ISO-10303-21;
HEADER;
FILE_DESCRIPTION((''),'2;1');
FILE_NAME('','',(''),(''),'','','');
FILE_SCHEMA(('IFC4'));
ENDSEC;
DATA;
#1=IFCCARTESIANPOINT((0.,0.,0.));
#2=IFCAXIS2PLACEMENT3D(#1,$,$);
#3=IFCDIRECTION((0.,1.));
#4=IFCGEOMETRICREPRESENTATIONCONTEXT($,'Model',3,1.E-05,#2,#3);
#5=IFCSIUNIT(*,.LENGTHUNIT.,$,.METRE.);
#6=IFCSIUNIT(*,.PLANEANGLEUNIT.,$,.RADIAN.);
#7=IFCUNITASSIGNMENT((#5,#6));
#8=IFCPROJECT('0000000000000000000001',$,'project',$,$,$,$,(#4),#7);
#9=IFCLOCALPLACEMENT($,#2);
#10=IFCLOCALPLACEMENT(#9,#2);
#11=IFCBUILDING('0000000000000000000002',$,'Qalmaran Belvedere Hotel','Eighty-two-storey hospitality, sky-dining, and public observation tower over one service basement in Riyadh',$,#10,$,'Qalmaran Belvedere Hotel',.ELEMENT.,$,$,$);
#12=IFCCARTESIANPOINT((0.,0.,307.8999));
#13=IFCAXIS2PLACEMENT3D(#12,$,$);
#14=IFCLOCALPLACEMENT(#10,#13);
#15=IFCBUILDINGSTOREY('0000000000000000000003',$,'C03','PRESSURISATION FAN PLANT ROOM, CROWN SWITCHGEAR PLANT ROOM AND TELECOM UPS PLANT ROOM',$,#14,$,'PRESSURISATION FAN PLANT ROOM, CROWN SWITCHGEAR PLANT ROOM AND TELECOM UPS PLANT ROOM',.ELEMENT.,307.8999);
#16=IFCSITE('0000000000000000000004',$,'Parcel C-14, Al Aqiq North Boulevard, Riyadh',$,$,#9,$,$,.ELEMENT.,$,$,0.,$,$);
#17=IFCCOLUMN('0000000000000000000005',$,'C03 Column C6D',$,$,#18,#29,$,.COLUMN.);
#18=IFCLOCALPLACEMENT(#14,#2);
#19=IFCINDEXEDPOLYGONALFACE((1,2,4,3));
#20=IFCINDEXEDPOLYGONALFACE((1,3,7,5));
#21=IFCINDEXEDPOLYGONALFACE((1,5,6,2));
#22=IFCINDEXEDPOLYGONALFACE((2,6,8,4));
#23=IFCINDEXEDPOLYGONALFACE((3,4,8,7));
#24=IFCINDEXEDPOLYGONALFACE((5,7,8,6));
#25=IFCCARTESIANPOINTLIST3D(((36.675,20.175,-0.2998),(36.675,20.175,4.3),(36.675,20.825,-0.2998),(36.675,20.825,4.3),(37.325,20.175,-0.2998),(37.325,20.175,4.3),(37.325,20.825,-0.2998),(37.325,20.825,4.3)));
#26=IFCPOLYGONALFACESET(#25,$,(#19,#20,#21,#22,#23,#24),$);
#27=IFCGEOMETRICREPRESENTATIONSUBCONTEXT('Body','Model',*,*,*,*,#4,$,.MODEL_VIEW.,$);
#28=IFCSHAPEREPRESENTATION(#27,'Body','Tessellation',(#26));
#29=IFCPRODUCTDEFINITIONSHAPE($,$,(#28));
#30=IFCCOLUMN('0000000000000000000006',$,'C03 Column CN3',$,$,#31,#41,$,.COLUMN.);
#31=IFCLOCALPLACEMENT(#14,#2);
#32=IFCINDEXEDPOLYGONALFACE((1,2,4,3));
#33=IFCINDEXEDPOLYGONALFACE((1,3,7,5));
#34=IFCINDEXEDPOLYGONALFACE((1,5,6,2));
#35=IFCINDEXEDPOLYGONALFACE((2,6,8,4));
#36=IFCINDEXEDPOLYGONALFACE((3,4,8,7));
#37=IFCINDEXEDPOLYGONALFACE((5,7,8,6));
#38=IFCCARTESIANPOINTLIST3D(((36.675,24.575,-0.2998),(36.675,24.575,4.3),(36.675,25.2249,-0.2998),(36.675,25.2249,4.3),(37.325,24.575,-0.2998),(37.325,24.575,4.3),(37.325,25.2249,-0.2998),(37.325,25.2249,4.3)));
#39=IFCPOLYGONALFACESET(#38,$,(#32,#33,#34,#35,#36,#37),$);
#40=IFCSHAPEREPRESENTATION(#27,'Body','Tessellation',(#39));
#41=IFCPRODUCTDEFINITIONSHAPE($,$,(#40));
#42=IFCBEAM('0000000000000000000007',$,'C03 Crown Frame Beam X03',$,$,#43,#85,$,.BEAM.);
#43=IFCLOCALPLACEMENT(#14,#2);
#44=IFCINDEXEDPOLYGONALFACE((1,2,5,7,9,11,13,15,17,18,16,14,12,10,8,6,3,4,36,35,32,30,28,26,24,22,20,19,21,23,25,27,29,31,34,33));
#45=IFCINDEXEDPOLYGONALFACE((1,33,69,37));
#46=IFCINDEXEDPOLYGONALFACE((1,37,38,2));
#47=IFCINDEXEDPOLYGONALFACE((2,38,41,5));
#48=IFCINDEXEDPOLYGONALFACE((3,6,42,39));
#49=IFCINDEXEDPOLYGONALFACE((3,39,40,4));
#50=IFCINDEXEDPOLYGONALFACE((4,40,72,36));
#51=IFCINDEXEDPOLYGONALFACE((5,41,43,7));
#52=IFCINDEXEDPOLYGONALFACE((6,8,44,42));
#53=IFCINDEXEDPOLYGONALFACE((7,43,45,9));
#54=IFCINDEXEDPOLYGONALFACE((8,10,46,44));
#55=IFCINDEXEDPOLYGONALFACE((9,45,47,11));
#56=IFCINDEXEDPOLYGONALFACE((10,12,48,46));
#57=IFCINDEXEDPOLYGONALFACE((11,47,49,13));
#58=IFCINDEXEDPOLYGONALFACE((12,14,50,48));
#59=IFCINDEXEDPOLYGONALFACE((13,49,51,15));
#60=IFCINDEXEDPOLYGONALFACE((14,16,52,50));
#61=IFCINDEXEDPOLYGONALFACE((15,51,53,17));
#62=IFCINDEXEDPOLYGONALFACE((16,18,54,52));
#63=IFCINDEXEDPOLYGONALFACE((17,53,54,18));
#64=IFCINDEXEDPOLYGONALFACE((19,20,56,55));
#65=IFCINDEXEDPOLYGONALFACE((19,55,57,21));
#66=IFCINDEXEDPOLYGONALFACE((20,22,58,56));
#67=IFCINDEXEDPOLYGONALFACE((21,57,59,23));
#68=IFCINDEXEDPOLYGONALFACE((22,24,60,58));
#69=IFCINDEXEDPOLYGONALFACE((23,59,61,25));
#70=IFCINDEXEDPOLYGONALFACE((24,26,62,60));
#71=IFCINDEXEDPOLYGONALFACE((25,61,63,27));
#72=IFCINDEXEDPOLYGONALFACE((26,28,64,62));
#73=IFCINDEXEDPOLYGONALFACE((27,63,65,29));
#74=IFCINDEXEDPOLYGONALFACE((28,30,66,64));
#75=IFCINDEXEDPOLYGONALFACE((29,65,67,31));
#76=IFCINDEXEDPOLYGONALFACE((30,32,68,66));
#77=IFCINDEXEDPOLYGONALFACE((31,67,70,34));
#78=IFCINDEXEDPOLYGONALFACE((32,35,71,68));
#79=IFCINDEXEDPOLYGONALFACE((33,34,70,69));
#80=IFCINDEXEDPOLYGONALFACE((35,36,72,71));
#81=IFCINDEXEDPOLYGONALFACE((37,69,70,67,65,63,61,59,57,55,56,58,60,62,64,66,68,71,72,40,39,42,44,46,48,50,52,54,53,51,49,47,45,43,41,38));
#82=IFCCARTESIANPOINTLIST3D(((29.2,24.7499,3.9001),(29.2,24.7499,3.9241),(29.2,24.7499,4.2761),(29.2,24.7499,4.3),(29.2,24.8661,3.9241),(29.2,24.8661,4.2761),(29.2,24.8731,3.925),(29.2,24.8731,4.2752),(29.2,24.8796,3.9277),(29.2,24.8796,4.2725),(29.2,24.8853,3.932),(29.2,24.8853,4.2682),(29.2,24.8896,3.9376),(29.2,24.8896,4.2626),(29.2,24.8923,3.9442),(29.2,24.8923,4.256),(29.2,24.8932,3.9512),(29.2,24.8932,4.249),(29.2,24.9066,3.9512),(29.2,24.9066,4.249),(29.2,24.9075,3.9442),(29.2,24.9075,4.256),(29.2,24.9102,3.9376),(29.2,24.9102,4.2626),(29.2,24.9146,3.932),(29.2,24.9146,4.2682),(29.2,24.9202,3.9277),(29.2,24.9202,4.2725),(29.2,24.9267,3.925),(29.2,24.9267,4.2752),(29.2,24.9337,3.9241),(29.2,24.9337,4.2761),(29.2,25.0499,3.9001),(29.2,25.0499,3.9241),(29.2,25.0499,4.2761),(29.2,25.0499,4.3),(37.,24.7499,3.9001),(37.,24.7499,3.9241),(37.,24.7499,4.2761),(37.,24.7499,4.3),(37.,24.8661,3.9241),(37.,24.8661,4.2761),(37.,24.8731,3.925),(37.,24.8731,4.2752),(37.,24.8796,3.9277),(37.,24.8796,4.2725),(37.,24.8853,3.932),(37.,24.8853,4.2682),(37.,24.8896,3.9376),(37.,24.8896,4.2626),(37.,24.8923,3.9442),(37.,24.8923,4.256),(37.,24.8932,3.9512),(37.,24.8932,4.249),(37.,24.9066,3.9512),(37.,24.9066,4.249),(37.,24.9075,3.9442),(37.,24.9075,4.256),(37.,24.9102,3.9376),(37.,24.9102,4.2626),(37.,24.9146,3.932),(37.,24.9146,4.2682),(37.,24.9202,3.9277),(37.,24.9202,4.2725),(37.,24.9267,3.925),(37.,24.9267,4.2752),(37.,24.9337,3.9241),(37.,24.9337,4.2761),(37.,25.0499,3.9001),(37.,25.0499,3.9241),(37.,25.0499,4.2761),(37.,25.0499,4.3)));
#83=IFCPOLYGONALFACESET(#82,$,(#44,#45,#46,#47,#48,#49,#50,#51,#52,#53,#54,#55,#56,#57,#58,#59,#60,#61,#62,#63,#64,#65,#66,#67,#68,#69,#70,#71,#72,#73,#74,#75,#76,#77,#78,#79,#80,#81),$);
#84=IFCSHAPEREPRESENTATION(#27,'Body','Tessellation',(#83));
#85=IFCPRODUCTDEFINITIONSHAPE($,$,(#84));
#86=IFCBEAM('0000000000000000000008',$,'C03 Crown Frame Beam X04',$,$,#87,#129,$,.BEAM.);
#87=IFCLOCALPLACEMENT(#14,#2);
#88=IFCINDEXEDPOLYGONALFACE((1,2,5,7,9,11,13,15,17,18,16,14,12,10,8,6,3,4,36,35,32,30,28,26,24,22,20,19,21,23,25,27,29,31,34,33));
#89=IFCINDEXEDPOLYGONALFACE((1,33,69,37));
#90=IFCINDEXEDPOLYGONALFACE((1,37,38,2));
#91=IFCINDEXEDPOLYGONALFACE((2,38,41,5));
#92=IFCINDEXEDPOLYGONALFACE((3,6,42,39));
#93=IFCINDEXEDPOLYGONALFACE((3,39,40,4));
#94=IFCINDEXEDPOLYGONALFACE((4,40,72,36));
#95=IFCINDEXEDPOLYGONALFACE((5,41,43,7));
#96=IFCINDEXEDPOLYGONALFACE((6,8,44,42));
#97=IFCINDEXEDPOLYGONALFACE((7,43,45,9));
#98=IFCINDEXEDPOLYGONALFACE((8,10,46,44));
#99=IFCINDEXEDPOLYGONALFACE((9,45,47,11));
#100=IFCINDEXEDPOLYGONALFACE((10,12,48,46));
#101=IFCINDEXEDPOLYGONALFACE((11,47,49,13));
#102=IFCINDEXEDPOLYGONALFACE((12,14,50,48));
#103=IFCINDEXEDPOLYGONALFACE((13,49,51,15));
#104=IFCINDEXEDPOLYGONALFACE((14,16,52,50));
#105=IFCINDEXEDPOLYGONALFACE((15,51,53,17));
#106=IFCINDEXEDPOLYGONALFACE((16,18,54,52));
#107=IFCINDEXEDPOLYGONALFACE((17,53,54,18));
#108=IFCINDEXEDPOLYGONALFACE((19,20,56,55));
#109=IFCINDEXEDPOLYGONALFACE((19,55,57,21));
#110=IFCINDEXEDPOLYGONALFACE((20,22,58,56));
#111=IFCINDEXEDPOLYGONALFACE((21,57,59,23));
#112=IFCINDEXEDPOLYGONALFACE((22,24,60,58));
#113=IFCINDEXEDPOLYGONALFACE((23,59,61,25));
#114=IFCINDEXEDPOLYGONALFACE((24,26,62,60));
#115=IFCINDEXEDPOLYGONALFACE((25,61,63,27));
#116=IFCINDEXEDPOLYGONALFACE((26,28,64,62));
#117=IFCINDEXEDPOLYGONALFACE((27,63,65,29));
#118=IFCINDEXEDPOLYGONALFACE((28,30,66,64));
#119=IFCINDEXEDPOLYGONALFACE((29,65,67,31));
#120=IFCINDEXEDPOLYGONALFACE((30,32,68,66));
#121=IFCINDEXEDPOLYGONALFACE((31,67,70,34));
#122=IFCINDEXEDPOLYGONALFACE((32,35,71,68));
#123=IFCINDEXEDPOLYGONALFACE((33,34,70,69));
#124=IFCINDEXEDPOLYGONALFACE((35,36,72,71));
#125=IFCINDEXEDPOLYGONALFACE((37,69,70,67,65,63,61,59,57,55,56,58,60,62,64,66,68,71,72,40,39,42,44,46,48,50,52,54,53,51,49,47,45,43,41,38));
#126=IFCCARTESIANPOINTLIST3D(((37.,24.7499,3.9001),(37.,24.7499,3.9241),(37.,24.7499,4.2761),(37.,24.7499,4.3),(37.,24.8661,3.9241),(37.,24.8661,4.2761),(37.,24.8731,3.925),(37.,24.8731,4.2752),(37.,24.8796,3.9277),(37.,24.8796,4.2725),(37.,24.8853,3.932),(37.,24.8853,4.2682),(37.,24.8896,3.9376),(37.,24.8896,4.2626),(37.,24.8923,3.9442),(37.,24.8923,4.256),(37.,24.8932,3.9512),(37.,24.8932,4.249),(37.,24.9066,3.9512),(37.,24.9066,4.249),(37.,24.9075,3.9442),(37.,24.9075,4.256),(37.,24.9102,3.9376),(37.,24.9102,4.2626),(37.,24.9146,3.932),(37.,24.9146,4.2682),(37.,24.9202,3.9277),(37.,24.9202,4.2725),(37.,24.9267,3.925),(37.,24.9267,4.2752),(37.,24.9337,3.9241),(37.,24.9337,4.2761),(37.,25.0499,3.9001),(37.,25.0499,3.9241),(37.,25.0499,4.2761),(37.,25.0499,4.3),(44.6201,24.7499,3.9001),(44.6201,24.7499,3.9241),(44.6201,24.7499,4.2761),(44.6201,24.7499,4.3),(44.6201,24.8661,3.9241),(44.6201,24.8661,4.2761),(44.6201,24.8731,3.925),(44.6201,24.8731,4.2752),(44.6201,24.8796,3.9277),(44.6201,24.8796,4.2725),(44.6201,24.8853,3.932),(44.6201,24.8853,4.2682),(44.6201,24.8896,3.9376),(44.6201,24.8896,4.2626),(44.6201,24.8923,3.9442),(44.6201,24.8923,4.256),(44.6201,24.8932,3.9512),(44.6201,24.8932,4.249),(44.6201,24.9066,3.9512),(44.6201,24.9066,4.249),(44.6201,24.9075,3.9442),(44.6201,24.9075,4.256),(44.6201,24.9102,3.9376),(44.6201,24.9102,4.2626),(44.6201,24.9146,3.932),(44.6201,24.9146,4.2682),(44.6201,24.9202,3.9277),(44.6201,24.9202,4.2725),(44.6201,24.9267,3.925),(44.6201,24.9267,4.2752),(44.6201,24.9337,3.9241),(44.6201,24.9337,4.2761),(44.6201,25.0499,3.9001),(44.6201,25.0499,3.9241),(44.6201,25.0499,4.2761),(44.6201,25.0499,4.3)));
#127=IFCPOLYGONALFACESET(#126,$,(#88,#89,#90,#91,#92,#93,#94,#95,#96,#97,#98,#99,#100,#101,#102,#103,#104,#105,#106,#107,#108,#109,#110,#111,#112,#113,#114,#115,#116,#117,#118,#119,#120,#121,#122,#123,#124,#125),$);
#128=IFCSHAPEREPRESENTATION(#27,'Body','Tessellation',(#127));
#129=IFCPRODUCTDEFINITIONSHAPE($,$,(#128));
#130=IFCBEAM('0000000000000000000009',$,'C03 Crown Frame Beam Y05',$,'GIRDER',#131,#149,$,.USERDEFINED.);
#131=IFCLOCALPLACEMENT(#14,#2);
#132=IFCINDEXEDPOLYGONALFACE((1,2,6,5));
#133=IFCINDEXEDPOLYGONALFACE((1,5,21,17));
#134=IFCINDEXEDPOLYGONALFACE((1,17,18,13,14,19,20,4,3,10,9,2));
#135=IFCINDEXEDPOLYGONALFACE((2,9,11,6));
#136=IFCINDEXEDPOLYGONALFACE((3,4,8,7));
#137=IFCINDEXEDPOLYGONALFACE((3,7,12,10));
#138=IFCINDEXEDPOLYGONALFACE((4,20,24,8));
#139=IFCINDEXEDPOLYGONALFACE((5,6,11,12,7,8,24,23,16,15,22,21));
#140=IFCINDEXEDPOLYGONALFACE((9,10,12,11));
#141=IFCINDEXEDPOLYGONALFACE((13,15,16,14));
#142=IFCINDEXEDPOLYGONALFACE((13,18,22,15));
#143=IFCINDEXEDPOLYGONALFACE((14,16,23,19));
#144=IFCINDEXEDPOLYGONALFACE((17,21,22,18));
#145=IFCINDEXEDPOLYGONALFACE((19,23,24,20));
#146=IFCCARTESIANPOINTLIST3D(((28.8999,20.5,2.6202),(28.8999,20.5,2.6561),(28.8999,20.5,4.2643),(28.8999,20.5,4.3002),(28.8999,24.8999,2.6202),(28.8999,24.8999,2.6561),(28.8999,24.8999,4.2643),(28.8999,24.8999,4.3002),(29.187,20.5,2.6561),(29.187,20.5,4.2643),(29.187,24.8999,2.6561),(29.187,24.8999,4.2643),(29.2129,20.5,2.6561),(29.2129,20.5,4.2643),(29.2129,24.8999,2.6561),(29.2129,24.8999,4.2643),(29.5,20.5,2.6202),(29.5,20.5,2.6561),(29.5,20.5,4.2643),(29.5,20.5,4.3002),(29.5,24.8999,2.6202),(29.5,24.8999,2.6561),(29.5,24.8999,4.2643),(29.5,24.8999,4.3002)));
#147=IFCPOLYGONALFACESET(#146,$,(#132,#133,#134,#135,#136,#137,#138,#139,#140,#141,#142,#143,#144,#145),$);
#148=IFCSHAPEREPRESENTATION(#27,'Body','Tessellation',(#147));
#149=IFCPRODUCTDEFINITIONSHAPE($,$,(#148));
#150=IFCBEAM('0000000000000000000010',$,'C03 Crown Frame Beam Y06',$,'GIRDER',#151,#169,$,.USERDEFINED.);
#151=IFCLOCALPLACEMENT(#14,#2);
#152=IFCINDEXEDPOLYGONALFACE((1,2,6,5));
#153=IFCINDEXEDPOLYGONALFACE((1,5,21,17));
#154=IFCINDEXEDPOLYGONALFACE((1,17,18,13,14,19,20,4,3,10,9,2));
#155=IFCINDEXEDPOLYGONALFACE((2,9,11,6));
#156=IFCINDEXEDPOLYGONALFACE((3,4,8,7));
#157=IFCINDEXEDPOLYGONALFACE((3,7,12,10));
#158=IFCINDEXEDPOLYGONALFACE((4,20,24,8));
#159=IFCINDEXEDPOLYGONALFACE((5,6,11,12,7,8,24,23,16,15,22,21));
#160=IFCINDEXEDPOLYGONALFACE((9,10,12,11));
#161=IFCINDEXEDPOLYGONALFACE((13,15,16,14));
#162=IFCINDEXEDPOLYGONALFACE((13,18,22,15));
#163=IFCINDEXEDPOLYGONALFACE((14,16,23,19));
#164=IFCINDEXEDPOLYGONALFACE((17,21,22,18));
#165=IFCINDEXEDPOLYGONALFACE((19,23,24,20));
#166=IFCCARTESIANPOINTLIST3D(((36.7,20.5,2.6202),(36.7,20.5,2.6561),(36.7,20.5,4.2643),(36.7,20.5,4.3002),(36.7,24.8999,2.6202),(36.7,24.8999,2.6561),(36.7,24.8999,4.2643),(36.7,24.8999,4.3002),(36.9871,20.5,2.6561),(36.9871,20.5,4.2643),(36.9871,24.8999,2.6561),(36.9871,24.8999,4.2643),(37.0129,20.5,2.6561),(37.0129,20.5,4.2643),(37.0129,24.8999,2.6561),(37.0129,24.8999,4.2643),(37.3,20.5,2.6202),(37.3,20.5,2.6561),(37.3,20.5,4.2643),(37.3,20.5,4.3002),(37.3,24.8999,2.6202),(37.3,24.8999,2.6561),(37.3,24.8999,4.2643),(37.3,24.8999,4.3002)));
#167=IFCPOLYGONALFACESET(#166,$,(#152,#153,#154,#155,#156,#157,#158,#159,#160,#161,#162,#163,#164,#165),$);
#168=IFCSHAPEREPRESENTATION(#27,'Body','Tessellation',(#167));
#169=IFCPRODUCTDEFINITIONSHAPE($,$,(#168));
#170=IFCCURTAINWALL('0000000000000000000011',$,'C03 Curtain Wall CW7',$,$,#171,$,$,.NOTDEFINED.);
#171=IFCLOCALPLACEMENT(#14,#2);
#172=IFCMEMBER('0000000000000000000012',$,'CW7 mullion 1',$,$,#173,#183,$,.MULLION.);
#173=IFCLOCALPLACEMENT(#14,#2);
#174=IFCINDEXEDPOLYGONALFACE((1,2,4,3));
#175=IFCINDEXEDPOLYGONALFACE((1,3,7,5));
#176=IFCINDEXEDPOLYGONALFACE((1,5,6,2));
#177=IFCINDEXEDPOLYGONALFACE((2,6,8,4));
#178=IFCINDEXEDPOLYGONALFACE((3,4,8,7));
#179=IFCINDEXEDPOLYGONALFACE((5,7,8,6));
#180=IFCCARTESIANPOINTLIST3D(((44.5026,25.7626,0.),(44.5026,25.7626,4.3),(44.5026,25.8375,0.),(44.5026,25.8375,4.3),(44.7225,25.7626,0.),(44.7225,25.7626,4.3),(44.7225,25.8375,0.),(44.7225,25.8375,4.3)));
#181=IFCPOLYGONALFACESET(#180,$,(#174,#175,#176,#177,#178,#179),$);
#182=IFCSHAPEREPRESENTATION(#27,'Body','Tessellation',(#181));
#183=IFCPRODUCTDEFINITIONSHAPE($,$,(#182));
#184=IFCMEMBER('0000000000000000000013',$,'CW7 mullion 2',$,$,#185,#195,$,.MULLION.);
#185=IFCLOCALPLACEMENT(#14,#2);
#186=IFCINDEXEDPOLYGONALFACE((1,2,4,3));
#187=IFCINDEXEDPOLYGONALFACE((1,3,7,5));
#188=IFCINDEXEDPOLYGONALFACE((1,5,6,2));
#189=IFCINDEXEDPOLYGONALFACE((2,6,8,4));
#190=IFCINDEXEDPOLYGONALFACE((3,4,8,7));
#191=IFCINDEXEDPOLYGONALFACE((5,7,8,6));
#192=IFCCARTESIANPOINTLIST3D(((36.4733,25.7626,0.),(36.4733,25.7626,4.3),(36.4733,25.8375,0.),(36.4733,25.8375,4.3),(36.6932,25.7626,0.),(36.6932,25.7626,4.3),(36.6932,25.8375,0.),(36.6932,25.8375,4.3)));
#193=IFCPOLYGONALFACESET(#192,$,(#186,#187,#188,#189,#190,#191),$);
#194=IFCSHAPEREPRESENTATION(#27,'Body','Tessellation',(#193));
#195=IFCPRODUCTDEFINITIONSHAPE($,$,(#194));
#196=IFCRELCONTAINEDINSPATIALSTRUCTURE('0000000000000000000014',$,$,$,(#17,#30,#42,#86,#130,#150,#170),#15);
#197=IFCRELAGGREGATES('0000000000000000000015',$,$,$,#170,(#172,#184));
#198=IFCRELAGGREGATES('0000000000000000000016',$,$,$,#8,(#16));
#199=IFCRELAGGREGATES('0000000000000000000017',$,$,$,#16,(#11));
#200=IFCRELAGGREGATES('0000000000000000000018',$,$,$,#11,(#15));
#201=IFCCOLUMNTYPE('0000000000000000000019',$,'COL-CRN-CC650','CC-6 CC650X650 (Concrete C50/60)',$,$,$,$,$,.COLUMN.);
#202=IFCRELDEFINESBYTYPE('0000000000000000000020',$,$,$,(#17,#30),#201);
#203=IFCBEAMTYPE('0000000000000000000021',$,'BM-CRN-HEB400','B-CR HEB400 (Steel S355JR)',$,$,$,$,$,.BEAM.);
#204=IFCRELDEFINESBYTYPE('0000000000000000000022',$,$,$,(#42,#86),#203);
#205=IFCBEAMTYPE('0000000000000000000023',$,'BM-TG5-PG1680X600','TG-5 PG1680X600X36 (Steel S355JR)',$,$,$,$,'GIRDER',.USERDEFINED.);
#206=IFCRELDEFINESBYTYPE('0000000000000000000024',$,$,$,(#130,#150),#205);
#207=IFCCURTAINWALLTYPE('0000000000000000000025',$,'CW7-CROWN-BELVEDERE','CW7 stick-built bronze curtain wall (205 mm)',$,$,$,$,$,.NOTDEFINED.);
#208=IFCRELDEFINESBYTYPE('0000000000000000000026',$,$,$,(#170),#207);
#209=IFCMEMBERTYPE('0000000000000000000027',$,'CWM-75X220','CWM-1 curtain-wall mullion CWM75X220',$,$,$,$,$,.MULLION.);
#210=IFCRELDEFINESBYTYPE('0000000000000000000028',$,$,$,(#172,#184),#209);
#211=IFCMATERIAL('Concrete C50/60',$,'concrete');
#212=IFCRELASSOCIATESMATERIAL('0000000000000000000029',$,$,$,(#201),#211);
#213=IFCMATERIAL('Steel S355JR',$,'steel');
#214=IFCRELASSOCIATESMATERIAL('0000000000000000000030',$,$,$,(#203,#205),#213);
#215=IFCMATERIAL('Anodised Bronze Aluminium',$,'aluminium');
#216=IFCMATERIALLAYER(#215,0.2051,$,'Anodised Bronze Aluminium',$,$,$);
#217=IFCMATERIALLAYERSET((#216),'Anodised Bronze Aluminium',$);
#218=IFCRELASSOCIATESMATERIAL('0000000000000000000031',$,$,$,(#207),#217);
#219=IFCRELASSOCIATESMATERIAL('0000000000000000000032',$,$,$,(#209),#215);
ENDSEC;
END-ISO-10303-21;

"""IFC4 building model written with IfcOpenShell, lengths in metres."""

from ifc_helpers import new_model, si_unit, direction, frame, origin, origin_2d, place, context, subcontext, project, spatial, rectangle, i_section, extrude, material, layer, layer_set, material_profile, profile_set, type_object, element, aggregate, save


model = new_model("IFC4")

# Units and contexts
model_context = context("Model", 3, precision=1e-05, world=origin(), true_north=direction((0.0, 1.0)))
body_context = subcontext(model_context, "Body", "Model", "MODEL_VIEW")
ifc_project = project(units=[si_unit("LENGTHUNIT", "METRE"), si_unit("PLANEANGLEUNIT", "RADIAN")], contexts=[model_context])

# Site, building, storey
site_placement = place(None, origin())
site = spatial("IfcSite", under=ifc_project, at=site_placement, Name="Parcel C-14, Al Aqiq North Boulevard, Riyadh", CompositionType="ELEMENT", RefElevation=0.0)
building_placement = place(site_placement, origin())
building = spatial("IfcBuilding", under=site, at=building_placement, Name="Qalmaran Belvedere Hotel", Description="Eighty-two-storey hospitality, sky-dining, and public observation tower over one service basement in Riyadh", LongName="Qalmaran Belvedere Hotel", CompositionType="ELEMENT")
storey_placement = place(building_placement, frame((0.0, 0.0, 307.8999)))
storey = spatial("IfcBuildingStorey", under=building, at=storey_placement, Name="C03", Description="PRESSURISATION FAN PLANT ROOM, CROWN SWITCHGEAR PLANT ROOM AND TELECOM UPS PLANT ROOM", LongName="PRESSURISATION FAN PLANT ROOM, CROWN SWITCHGEAR PLANT ROOM AND TELECOM UPS PLANT ROOM", CompositionType="ELEMENT", Elevation=307.8999)

# Columns
ifc_material_1 = material(Name="Concrete C50/60", Category="concrete")
ifc_material_profile_1 = material_profile(ifc_material_1, rectangle(XDim=0.6499, YDim=0.6499, at=origin_2d()), Name="CC650X650")
ifc_profile_set_1 = profile_set([ifc_material_profile_1], Name="Concrete C50/60")
column_type = type_object("IfcColumnType", Name="COL-CRN-CC650", Description="CC-6 CC650X650 (Concrete C50/60)", PredefinedType="COLUMN", material=ifc_profile_set_1)
for number, where, z_axis, x_axis, name in (
    (1, (37.0, 20.5, -0.2998), (0.0, 0.0, 1.0), (1.0, 0.0, 0.0), "C03 Column C6D"),
    (2, (37.0, 24.8999, -0.2998), (0.0, 0.0, 1.0), (1.0, 0.0, 0.0), "C03 Column CN3"),
):
    element("IfcColumn", number, at=place(storey_placement, frame(where, z_axis=z_axis, x_axis=x_axis)), inside=storey, type_object=column_type, Name=name, PredefinedType="COLUMN", context=body_context, shape_type="SweptSolid", body=[
        extrude(rectangle(XDim=0.6499, YDim=0.6499, at=origin_2d()), origin(), (0.0, 0.0, 1.0), 4.5999),
    ])

# Beams
ifc_material_2 = material(Name="Steel S355JR", Category="steel")
ifc_material_profile_2 = material_profile(ifc_material_2, i_section(OverallWidth=0.3, OverallDepth=0.3999, WebThickness=0.0134, FlangeThickness=0.0239, FilletRadius=0.0271, at=origin_2d()), Name="HEB400")
ifc_profile_set_2 = profile_set([ifc_material_profile_2], Name="Steel S355JR")
beam_type_1 = type_object("IfcBeamType", Name="BM-CRN-HEB400", Description="B-CR HEB400 (Steel S355JR)", PredefinedType="BEAM", material=ifc_profile_set_2)
beam_1_placement = place(storey_placement, frame((29.2, 24.8999, 4.1001), z_axis=(1.0, 0.0, 0.0), x_axis=(0.0, 1.0, 0.0)))
element("IfcBeam", 3, at=beam_1_placement, inside=storey, type_object=beam_type_1, Name="C03 Crown Frame Beam X03", PredefinedType="BEAM", context=body_context, shape_type="SweptSolid", body=[
    extrude(i_section(OverallWidth=0.3, OverallDepth=0.3999, WebThickness=0.0134, FlangeThickness=0.0239, FilletRadius=0.0271, at=origin_2d()), origin(), (0.0, 0.0, 1.0), 7.8),
])
beam_2_placement = place(storey_placement, frame((37.0, 24.8999, 4.1001), z_axis=(1.0, 0.0, 0.0), x_axis=(0.0, 1.0, 0.0)))
element("IfcBeam", 4, at=beam_2_placement, inside=storey, type_object=beam_type_1, Name="C03 Crown Frame Beam X04", PredefinedType="BEAM", context=body_context, shape_type="SweptSolid", body=[
    extrude(i_section(OverallWidth=0.3, OverallDepth=0.3999, WebThickness=0.0134, FlangeThickness=0.0239, FilletRadius=0.0271, at=origin_2d()), origin(), (0.0, 0.0, 1.0), 7.6201),
])
ifc_material_profile_3 = material_profile(ifc_material_2, i_section(OverallWidth=0.6001, OverallDepth=1.6799, WebThickness=0.0259, FlangeThickness=0.0359, at=origin_2d()), Name="PG1680X600X36")
ifc_profile_set_3 = profile_set([ifc_material_profile_3], Name="Steel S355JR")
beam_type_2 = type_object("IfcBeamType", Name="BM-TG5-PG1680X600", Description="TG-5 PG1680X600X36 (Steel S355JR)", ElementType="GIRDER", PredefinedType="USERDEFINED", material=ifc_profile_set_3)
for number, where, z_axis, x_axis, name in (
    (5, (29.2, 20.5, 3.4602), (0.0, 1.0, 0.0), (-1.0, 0.0, 0.0), "C03 Crown Frame Beam Y05"),
    (6, (37.0, 20.5, 3.4602), (0.0, 1.0, 0.0), (-1.0, 0.0, 0.0), "C03 Crown Frame Beam Y06"),
):
    element("IfcBeam", number, at=place(storey_placement, frame(where, z_axis=z_axis, x_axis=x_axis)), inside=storey, type_object=beam_type_2, Name=name, ObjectType="GIRDER", PredefinedType="USERDEFINED", context=body_context, shape_type="SweptSolid", body=[
        extrude(i_section(OverallWidth=0.6001, OverallDepth=1.6799, WebThickness=0.0259, FlangeThickness=0.0359, at=origin_2d()), origin(), (0.0, 0.0, 1.0), 4.3999),
    ])

# Curtain wall, members
ifc_material_3 = material(Name="Anodised Bronze Aluminium", Category="aluminium")
ifc_layer_1 = layer(ifc_material_3, 0.2051, Name="Anodised Bronze Aluminium")
ifc_layer_set_1 = layer_set([ifc_layer_1], Name="Anodised Bronze Aluminium")
curtain_wall_type = type_object("IfcCurtainWallType", Name="CW7-CROWN-BELVEDERE", Description="CW7 stick-built bronze curtain wall (205 mm)", PredefinedType="NOTDEFINED", material=ifc_layer_set_1)
curtain_wall_placement = place(storey_placement, origin())
curtain_wall = element("IfcCurtainWall", 7, at=curtain_wall_placement, inside=storey, type_object=curtain_wall_type, Name="C03 Curtain Wall CW7", PredefinedType="NOTDEFINED")
ifc_material_profile_4 = material_profile(ifc_material_3, rectangle(XDim=0.075, YDim=0.22, at=origin_2d()), Name="CWM75X220")
ifc_profile_set_4 = profile_set([ifc_material_profile_4], Name="Anodised Bronze Aluminium")
member_type_1 = type_object("IfcMemberType", Name="CWM-75X220", Description="CWM-1 curtain-wall mullion CWM75X220", PredefinedType="MULLION", material=ifc_profile_set_4)
member_1_placement = place(storey_placement, frame((44.6125, 25.8, 0.0), z_axis=(0.0, 0.0, 1.0), x_axis=(0.0, -1.0, 0.0)))
member_1 = element("IfcMember", 8, at=member_1_placement, type_object=member_type_1, Name="CW7 mullion 1", PredefinedType="MULLION", context=body_context, shape_type="SweptSolid", body=[
    extrude(rectangle(XDim=0.075, YDim=0.22, at=origin_2d()), origin(), (0.0, 0.0, 1.0), 4.3),
])
member_2_placement = place(storey_placement, frame((36.5833, 25.8, 0.0), z_axis=(0.0, 0.0, 1.0), x_axis=(0.0, -1.0, 0.0)))
member_2 = element("IfcMember", 9, at=member_2_placement, type_object=member_type_1, Name="CW7 mullion 2", PredefinedType="MULLION", context=body_context, shape_type="SweptSolid", body=[
    extrude(rectangle(XDim=0.075, YDim=0.22, at=origin_2d()), origin(), (0.0, 0.0, 1.0), 4.3),
])
aggregate(curtain_wall, [member_1, member_2])

save(model, "model.ifc")
